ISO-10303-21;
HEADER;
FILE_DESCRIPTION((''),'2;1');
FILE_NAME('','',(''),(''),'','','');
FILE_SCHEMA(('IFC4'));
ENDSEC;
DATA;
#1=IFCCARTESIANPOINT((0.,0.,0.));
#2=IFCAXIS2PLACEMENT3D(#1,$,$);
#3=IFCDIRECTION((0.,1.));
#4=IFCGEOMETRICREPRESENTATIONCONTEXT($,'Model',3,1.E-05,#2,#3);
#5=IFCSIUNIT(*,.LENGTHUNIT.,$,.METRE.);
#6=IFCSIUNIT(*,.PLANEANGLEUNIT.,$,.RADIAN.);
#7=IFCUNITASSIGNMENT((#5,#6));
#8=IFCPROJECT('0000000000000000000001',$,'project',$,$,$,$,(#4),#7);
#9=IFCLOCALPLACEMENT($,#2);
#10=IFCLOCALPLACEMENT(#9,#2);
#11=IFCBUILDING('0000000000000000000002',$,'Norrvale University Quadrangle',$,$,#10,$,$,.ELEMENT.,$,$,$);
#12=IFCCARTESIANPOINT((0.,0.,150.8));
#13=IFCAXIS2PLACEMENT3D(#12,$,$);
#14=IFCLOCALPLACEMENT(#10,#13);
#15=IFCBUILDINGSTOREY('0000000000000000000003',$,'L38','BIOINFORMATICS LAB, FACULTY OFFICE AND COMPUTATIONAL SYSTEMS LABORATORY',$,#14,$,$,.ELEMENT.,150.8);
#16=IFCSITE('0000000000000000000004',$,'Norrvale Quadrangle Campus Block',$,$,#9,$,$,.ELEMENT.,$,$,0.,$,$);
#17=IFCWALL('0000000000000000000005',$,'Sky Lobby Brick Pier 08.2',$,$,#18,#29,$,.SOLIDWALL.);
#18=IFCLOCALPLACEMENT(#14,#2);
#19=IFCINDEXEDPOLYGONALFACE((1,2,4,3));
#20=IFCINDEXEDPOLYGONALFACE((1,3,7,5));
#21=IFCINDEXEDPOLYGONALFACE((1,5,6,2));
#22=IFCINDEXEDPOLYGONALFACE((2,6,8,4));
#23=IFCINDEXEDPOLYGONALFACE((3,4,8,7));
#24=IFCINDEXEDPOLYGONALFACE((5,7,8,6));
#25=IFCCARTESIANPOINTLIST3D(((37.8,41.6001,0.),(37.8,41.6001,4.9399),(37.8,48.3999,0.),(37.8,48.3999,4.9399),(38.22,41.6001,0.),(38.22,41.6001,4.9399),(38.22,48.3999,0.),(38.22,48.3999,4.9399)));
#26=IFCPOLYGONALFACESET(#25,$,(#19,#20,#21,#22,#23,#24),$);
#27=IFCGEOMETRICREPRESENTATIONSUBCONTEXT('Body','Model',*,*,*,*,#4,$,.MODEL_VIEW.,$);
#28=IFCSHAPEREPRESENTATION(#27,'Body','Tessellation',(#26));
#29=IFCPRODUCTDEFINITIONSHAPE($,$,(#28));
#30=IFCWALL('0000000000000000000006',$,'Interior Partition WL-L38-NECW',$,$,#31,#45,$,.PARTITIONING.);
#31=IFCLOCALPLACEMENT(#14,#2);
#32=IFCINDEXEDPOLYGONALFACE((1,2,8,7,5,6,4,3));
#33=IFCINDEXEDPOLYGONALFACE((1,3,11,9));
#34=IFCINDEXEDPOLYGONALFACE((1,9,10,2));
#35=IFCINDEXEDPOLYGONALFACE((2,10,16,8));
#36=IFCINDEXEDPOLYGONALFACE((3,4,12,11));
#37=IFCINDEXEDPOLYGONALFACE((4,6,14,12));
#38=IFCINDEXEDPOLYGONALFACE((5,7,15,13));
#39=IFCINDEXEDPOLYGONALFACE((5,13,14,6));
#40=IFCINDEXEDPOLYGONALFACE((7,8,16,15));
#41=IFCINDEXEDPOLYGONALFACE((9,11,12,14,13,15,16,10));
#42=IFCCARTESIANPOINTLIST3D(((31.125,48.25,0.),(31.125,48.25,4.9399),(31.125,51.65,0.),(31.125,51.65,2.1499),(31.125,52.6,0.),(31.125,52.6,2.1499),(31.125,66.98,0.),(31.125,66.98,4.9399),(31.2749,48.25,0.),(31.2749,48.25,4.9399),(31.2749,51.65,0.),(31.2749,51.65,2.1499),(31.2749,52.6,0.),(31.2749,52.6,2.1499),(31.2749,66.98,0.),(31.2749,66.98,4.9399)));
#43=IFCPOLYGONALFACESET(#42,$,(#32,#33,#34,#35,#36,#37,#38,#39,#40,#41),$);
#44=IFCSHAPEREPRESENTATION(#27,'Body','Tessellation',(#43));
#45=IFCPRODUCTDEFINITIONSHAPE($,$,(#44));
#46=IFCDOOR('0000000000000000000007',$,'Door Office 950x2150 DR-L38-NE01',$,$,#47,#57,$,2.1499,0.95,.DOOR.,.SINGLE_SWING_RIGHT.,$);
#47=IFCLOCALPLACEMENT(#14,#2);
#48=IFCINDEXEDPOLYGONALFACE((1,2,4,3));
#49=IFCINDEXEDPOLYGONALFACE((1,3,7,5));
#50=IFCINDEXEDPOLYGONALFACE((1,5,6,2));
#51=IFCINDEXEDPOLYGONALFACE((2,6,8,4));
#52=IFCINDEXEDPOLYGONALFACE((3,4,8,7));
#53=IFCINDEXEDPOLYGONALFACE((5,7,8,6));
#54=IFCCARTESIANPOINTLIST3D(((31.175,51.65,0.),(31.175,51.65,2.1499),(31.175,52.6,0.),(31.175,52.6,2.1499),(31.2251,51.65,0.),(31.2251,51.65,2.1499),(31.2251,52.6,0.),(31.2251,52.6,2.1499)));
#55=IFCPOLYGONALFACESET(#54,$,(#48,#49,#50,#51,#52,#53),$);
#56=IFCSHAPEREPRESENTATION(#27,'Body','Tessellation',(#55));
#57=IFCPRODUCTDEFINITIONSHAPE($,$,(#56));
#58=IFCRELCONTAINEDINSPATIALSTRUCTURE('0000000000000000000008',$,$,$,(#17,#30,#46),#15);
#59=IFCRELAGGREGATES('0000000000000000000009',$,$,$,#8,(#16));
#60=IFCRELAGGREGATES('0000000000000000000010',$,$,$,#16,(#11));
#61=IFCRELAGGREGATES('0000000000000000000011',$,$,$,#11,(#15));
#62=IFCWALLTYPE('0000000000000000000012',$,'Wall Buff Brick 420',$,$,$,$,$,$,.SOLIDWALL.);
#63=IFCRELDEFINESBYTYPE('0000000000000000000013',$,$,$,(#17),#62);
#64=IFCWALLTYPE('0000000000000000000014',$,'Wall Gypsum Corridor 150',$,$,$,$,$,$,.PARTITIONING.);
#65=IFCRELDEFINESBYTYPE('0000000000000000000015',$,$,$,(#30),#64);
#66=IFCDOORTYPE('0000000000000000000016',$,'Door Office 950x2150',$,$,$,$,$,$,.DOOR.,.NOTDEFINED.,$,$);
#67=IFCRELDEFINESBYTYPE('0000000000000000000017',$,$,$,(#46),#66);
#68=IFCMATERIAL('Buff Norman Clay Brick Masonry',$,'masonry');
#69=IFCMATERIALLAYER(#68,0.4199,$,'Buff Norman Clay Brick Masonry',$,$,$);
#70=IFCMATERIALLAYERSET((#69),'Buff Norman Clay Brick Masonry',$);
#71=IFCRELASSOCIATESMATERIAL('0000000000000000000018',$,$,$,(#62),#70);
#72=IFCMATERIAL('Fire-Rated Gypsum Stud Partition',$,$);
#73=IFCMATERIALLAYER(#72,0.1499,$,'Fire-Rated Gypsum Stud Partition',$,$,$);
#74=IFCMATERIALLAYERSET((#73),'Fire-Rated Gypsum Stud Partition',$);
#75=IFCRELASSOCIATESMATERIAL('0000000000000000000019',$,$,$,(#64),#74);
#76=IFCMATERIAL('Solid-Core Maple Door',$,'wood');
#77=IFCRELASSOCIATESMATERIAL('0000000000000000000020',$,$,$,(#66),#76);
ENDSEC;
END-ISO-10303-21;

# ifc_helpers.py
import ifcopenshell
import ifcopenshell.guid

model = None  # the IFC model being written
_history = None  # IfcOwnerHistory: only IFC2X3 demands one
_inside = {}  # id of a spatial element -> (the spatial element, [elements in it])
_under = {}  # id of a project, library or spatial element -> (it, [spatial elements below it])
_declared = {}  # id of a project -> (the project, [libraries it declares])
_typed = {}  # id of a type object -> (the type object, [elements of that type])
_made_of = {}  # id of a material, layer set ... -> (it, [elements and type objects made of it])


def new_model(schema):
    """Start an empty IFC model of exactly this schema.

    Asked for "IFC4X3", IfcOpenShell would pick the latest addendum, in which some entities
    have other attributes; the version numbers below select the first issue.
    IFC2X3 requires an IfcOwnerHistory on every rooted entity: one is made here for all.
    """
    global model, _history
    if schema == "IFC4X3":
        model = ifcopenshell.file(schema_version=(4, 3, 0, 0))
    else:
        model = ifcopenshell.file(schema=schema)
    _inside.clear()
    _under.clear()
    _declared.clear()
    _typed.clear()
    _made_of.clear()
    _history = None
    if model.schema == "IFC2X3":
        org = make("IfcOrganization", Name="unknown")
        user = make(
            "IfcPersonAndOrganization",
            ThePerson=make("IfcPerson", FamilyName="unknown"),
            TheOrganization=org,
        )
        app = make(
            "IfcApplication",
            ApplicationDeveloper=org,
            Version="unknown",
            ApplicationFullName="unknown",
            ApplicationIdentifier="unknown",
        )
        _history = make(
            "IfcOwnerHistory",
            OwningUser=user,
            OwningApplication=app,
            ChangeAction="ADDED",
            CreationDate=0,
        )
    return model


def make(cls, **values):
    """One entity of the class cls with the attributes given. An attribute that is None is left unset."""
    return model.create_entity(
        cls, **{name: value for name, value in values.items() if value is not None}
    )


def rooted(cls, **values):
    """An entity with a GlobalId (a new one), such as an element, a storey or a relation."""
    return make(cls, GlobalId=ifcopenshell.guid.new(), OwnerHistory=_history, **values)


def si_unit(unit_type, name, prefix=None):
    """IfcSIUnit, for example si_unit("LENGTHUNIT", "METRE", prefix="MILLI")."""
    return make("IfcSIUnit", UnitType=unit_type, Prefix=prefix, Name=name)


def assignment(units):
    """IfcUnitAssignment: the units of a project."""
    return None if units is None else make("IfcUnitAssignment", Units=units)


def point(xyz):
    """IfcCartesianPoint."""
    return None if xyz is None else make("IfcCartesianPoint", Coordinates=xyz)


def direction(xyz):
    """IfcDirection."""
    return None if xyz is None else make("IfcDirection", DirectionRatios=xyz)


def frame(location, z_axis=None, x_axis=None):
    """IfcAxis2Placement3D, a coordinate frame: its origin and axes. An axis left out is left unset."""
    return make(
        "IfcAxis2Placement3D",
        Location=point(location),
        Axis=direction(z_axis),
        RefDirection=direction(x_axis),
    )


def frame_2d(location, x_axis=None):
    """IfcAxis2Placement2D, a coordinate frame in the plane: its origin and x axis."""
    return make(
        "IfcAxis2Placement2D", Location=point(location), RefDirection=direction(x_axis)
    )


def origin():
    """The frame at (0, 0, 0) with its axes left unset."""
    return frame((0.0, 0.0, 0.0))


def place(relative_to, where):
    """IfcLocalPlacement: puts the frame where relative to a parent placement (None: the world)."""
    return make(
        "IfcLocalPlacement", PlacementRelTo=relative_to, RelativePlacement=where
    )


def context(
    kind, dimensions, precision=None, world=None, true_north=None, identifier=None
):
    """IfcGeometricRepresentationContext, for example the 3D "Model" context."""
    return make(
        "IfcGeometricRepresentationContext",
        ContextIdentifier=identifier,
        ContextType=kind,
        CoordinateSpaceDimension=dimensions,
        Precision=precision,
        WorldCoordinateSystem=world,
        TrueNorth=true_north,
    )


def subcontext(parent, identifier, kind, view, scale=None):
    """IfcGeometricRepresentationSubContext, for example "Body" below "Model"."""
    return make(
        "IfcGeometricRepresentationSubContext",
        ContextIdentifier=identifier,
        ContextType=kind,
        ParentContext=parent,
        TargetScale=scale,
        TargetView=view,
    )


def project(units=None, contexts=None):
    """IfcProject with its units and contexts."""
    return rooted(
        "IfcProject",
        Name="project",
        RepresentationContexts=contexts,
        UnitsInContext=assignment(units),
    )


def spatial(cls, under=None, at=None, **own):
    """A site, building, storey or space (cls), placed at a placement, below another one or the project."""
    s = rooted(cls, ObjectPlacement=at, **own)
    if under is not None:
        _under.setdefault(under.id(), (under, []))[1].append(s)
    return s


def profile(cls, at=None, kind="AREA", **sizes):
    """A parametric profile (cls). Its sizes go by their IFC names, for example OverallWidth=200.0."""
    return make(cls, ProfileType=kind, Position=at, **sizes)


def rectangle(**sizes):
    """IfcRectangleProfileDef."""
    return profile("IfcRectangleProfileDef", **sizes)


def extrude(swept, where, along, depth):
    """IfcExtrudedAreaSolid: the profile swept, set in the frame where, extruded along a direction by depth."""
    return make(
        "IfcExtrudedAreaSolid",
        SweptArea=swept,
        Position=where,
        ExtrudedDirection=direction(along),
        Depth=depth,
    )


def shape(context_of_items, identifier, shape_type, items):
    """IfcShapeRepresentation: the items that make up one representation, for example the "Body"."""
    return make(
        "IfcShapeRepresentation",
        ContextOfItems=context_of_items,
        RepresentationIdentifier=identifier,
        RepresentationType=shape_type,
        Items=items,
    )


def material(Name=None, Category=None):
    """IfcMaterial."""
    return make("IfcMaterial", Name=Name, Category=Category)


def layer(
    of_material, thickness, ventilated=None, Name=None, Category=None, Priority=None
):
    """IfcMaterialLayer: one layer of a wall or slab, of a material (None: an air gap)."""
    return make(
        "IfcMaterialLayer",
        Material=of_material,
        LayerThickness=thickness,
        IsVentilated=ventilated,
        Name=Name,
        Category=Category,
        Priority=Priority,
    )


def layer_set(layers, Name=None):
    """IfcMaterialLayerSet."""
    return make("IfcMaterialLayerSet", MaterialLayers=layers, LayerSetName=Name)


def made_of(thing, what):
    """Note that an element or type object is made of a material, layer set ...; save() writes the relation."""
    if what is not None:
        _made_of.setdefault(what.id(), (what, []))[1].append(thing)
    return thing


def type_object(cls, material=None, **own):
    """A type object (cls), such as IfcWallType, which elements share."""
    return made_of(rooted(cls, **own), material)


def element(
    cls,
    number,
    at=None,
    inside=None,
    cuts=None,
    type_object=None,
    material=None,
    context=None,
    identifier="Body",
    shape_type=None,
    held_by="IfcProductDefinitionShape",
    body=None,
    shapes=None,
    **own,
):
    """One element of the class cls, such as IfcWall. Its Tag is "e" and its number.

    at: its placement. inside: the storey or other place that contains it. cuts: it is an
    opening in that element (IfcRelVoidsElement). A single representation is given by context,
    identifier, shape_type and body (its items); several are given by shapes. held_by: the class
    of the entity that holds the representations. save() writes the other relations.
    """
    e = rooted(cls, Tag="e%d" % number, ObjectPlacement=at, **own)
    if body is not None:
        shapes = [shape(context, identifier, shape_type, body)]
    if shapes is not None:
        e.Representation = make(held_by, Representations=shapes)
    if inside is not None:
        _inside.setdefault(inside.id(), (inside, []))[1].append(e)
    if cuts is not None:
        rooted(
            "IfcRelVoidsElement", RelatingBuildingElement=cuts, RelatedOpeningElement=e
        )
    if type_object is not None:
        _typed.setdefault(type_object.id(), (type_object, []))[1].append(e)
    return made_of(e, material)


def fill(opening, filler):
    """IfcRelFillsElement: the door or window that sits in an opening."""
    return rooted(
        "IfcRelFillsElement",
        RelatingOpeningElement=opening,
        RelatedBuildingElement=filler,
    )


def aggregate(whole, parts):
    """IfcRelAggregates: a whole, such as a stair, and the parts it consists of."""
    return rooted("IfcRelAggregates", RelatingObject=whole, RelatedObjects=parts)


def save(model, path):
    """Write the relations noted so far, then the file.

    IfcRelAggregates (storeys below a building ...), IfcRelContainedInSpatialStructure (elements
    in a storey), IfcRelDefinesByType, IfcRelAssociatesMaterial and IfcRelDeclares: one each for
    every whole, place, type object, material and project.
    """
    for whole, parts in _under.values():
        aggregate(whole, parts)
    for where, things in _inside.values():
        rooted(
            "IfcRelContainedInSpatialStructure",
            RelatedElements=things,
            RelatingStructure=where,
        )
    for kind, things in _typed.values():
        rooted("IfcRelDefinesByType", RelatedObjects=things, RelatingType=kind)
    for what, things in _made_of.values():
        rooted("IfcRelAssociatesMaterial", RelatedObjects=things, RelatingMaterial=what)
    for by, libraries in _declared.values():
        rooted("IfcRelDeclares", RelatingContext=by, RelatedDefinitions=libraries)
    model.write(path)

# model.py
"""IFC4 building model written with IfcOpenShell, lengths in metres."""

from ifc_helpers import new_model, si_unit, direction, frame, frame_2d, origin, place, context, subcontext, project, spatial, rectangle, extrude, material, layer, layer_set, type_object, element, fill, save


model = new_model("IFC4")

# Units and contexts
model_context = context("Model", 3, precision=1e-05, world=origin(), true_north=direction((0.0, 1.0)))
body_context = subcontext(model_context, "Body", "Model", "MODEL_VIEW")
ifc_project = project(units=[si_unit("LENGTHUNIT", "METRE"), si_unit("PLANEANGLEUNIT", "RADIAN")], contexts=[model_context])

# Site, building, storey
site_placement = place(None, origin())
site = spatial("IfcSite", under=ifc_project, at=site_placement, Name="Norrvale Quadrangle Campus Block", CompositionType="ELEMENT", RefElevation=0.0)
building_placement = place(site_placement, origin())
building = spatial("IfcBuilding", under=site, at=building_placement, Name="Norrvale University Quadrangle", CompositionType="ELEMENT")
storey_placement = place(building_placement, frame((0.0, 0.0, 150.8)))
storey = spatial("IfcBuildingStorey", under=building, at=storey_placement, Name="L38", Description="BIOINFORMATICS LAB, FACULTY OFFICE AND COMPUTATIONAL SYSTEMS LABORATORY", CompositionType="ELEMENT", Elevation=150.8)

# Wall
ifc_material_1 = material(Name="Buff Norman Clay Brick Masonry", Category="masonry")
ifc_layer_1 = layer(ifc_material_1, 0.4199, Name="Buff Norman Clay Brick Masonry")
ifc_layer_set_1 = layer_set([ifc_layer_1], Name="Buff Norman Clay Brick Masonry")
wall_type_1 = type_object("IfcWallType", Name="Wall Buff Brick 420", PredefinedType="SOLIDWALL", material=ifc_layer_set_1)
wall_1_placement = place(storey_placement, frame((38.01, 41.6001, 0.0), z_axis=(0.0, 0.0, 1.0), x_axis=(0.0, 1.0, 0.0)))
element("IfcWall", 1, at=wall_1_placement, inside=storey, type_object=wall_type_1, Name="Sky Lobby Brick Pier 08.2", PredefinedType="SOLIDWALL", context=body_context, shape_type="SweptSolid", body=[
    extrude(rectangle(XDim=6.7998, YDim=0.4199, at=frame_2d((3.3999, 0.0))), origin(), (0.0, 0.0, 1.0), 4.9399),
])

# Wall, opening, door
ifc_material_2 = material(Name="Fire-Rated Gypsum Stud Partition")
ifc_layer_2 = layer(ifc_material_2, 0.1499, Name="Fire-Rated Gypsum Stud Partition")
ifc_layer_set_2 = layer_set([ifc_layer_2], Name="Fire-Rated Gypsum Stud Partition")
wall_type_2 = type_object("IfcWallType", Name="Wall Gypsum Corridor 150", PredefinedType="PARTITIONING", material=ifc_layer_set_2)
wall_2_placement = place(storey_placement, frame((31.2, 48.25, 0.0), z_axis=(0.0, 0.0, 1.0), x_axis=(0.0, 1.0, 0.0)))
wall_2 = element("IfcWall", 2, at=wall_2_placement, inside=storey, type_object=wall_type_2, Name="Interior Partition WL-L38-NECW", PredefinedType="PARTITIONING", context=body_context, shape_type="SweptSolid", body=[
    extrude(rectangle(XDim=18.73, YDim=0.1499, at=frame_2d((9.365, 0.0))), origin(), (0.0, 0.0, 1.0), 4.9399),
])
opening_placement = place(wall_2_placement, frame((3.3999, 0.0, 0.0)))
opening = element("IfcOpeningElement", 3, at=opening_placement, cuts=wall_2, PredefinedType="OPENING", context=body_context, shape_type="SweptSolid", body=[
    extrude(rectangle(XDim=0.95, YDim=2.1499, at=frame_2d((0.4751, 1.075))), frame((0.0, 0.0869, 0.0), z_axis=(0.0, -1.0, 0.0), x_axis=(1.0, 0.0, 0.0)), (0.0, 0.0, 1.0), 0.1738),
])
ifc_material_3 = material(Name="Solid-Core Maple Door", Category="wood")
door_type = type_object("IfcDoorType", Name="Door Office 950x2150", OperationType="NOTDEFINED", PredefinedType="DOOR", material=ifc_material_3)
door_placement = place(opening_placement, origin())
door = element("IfcDoor", 4, at=door_placement, inside=storey, type_object=door_type, Name="Door Office 950x2150 DR-L38-NE01", OperationType="SINGLE_SWING_RIGHT", OverallHeight=2.1499, OverallWidth=0.95, PredefinedType="DOOR", context=body_context, shape_type="SweptSolid", body=[
    extrude(rectangle(XDim=0.95, YDim=2.1499, at=frame_2d((0.4751, 1.075))), frame((0.0, 0.0249, 0.0), z_axis=(0.0, -1.0, 0.0), x_axis=(1.0, 0.0, 0.0)), (0.0, 0.0, 1.0), 0.05),
])
fill(opening, door)

save(model, "model.ifc")
